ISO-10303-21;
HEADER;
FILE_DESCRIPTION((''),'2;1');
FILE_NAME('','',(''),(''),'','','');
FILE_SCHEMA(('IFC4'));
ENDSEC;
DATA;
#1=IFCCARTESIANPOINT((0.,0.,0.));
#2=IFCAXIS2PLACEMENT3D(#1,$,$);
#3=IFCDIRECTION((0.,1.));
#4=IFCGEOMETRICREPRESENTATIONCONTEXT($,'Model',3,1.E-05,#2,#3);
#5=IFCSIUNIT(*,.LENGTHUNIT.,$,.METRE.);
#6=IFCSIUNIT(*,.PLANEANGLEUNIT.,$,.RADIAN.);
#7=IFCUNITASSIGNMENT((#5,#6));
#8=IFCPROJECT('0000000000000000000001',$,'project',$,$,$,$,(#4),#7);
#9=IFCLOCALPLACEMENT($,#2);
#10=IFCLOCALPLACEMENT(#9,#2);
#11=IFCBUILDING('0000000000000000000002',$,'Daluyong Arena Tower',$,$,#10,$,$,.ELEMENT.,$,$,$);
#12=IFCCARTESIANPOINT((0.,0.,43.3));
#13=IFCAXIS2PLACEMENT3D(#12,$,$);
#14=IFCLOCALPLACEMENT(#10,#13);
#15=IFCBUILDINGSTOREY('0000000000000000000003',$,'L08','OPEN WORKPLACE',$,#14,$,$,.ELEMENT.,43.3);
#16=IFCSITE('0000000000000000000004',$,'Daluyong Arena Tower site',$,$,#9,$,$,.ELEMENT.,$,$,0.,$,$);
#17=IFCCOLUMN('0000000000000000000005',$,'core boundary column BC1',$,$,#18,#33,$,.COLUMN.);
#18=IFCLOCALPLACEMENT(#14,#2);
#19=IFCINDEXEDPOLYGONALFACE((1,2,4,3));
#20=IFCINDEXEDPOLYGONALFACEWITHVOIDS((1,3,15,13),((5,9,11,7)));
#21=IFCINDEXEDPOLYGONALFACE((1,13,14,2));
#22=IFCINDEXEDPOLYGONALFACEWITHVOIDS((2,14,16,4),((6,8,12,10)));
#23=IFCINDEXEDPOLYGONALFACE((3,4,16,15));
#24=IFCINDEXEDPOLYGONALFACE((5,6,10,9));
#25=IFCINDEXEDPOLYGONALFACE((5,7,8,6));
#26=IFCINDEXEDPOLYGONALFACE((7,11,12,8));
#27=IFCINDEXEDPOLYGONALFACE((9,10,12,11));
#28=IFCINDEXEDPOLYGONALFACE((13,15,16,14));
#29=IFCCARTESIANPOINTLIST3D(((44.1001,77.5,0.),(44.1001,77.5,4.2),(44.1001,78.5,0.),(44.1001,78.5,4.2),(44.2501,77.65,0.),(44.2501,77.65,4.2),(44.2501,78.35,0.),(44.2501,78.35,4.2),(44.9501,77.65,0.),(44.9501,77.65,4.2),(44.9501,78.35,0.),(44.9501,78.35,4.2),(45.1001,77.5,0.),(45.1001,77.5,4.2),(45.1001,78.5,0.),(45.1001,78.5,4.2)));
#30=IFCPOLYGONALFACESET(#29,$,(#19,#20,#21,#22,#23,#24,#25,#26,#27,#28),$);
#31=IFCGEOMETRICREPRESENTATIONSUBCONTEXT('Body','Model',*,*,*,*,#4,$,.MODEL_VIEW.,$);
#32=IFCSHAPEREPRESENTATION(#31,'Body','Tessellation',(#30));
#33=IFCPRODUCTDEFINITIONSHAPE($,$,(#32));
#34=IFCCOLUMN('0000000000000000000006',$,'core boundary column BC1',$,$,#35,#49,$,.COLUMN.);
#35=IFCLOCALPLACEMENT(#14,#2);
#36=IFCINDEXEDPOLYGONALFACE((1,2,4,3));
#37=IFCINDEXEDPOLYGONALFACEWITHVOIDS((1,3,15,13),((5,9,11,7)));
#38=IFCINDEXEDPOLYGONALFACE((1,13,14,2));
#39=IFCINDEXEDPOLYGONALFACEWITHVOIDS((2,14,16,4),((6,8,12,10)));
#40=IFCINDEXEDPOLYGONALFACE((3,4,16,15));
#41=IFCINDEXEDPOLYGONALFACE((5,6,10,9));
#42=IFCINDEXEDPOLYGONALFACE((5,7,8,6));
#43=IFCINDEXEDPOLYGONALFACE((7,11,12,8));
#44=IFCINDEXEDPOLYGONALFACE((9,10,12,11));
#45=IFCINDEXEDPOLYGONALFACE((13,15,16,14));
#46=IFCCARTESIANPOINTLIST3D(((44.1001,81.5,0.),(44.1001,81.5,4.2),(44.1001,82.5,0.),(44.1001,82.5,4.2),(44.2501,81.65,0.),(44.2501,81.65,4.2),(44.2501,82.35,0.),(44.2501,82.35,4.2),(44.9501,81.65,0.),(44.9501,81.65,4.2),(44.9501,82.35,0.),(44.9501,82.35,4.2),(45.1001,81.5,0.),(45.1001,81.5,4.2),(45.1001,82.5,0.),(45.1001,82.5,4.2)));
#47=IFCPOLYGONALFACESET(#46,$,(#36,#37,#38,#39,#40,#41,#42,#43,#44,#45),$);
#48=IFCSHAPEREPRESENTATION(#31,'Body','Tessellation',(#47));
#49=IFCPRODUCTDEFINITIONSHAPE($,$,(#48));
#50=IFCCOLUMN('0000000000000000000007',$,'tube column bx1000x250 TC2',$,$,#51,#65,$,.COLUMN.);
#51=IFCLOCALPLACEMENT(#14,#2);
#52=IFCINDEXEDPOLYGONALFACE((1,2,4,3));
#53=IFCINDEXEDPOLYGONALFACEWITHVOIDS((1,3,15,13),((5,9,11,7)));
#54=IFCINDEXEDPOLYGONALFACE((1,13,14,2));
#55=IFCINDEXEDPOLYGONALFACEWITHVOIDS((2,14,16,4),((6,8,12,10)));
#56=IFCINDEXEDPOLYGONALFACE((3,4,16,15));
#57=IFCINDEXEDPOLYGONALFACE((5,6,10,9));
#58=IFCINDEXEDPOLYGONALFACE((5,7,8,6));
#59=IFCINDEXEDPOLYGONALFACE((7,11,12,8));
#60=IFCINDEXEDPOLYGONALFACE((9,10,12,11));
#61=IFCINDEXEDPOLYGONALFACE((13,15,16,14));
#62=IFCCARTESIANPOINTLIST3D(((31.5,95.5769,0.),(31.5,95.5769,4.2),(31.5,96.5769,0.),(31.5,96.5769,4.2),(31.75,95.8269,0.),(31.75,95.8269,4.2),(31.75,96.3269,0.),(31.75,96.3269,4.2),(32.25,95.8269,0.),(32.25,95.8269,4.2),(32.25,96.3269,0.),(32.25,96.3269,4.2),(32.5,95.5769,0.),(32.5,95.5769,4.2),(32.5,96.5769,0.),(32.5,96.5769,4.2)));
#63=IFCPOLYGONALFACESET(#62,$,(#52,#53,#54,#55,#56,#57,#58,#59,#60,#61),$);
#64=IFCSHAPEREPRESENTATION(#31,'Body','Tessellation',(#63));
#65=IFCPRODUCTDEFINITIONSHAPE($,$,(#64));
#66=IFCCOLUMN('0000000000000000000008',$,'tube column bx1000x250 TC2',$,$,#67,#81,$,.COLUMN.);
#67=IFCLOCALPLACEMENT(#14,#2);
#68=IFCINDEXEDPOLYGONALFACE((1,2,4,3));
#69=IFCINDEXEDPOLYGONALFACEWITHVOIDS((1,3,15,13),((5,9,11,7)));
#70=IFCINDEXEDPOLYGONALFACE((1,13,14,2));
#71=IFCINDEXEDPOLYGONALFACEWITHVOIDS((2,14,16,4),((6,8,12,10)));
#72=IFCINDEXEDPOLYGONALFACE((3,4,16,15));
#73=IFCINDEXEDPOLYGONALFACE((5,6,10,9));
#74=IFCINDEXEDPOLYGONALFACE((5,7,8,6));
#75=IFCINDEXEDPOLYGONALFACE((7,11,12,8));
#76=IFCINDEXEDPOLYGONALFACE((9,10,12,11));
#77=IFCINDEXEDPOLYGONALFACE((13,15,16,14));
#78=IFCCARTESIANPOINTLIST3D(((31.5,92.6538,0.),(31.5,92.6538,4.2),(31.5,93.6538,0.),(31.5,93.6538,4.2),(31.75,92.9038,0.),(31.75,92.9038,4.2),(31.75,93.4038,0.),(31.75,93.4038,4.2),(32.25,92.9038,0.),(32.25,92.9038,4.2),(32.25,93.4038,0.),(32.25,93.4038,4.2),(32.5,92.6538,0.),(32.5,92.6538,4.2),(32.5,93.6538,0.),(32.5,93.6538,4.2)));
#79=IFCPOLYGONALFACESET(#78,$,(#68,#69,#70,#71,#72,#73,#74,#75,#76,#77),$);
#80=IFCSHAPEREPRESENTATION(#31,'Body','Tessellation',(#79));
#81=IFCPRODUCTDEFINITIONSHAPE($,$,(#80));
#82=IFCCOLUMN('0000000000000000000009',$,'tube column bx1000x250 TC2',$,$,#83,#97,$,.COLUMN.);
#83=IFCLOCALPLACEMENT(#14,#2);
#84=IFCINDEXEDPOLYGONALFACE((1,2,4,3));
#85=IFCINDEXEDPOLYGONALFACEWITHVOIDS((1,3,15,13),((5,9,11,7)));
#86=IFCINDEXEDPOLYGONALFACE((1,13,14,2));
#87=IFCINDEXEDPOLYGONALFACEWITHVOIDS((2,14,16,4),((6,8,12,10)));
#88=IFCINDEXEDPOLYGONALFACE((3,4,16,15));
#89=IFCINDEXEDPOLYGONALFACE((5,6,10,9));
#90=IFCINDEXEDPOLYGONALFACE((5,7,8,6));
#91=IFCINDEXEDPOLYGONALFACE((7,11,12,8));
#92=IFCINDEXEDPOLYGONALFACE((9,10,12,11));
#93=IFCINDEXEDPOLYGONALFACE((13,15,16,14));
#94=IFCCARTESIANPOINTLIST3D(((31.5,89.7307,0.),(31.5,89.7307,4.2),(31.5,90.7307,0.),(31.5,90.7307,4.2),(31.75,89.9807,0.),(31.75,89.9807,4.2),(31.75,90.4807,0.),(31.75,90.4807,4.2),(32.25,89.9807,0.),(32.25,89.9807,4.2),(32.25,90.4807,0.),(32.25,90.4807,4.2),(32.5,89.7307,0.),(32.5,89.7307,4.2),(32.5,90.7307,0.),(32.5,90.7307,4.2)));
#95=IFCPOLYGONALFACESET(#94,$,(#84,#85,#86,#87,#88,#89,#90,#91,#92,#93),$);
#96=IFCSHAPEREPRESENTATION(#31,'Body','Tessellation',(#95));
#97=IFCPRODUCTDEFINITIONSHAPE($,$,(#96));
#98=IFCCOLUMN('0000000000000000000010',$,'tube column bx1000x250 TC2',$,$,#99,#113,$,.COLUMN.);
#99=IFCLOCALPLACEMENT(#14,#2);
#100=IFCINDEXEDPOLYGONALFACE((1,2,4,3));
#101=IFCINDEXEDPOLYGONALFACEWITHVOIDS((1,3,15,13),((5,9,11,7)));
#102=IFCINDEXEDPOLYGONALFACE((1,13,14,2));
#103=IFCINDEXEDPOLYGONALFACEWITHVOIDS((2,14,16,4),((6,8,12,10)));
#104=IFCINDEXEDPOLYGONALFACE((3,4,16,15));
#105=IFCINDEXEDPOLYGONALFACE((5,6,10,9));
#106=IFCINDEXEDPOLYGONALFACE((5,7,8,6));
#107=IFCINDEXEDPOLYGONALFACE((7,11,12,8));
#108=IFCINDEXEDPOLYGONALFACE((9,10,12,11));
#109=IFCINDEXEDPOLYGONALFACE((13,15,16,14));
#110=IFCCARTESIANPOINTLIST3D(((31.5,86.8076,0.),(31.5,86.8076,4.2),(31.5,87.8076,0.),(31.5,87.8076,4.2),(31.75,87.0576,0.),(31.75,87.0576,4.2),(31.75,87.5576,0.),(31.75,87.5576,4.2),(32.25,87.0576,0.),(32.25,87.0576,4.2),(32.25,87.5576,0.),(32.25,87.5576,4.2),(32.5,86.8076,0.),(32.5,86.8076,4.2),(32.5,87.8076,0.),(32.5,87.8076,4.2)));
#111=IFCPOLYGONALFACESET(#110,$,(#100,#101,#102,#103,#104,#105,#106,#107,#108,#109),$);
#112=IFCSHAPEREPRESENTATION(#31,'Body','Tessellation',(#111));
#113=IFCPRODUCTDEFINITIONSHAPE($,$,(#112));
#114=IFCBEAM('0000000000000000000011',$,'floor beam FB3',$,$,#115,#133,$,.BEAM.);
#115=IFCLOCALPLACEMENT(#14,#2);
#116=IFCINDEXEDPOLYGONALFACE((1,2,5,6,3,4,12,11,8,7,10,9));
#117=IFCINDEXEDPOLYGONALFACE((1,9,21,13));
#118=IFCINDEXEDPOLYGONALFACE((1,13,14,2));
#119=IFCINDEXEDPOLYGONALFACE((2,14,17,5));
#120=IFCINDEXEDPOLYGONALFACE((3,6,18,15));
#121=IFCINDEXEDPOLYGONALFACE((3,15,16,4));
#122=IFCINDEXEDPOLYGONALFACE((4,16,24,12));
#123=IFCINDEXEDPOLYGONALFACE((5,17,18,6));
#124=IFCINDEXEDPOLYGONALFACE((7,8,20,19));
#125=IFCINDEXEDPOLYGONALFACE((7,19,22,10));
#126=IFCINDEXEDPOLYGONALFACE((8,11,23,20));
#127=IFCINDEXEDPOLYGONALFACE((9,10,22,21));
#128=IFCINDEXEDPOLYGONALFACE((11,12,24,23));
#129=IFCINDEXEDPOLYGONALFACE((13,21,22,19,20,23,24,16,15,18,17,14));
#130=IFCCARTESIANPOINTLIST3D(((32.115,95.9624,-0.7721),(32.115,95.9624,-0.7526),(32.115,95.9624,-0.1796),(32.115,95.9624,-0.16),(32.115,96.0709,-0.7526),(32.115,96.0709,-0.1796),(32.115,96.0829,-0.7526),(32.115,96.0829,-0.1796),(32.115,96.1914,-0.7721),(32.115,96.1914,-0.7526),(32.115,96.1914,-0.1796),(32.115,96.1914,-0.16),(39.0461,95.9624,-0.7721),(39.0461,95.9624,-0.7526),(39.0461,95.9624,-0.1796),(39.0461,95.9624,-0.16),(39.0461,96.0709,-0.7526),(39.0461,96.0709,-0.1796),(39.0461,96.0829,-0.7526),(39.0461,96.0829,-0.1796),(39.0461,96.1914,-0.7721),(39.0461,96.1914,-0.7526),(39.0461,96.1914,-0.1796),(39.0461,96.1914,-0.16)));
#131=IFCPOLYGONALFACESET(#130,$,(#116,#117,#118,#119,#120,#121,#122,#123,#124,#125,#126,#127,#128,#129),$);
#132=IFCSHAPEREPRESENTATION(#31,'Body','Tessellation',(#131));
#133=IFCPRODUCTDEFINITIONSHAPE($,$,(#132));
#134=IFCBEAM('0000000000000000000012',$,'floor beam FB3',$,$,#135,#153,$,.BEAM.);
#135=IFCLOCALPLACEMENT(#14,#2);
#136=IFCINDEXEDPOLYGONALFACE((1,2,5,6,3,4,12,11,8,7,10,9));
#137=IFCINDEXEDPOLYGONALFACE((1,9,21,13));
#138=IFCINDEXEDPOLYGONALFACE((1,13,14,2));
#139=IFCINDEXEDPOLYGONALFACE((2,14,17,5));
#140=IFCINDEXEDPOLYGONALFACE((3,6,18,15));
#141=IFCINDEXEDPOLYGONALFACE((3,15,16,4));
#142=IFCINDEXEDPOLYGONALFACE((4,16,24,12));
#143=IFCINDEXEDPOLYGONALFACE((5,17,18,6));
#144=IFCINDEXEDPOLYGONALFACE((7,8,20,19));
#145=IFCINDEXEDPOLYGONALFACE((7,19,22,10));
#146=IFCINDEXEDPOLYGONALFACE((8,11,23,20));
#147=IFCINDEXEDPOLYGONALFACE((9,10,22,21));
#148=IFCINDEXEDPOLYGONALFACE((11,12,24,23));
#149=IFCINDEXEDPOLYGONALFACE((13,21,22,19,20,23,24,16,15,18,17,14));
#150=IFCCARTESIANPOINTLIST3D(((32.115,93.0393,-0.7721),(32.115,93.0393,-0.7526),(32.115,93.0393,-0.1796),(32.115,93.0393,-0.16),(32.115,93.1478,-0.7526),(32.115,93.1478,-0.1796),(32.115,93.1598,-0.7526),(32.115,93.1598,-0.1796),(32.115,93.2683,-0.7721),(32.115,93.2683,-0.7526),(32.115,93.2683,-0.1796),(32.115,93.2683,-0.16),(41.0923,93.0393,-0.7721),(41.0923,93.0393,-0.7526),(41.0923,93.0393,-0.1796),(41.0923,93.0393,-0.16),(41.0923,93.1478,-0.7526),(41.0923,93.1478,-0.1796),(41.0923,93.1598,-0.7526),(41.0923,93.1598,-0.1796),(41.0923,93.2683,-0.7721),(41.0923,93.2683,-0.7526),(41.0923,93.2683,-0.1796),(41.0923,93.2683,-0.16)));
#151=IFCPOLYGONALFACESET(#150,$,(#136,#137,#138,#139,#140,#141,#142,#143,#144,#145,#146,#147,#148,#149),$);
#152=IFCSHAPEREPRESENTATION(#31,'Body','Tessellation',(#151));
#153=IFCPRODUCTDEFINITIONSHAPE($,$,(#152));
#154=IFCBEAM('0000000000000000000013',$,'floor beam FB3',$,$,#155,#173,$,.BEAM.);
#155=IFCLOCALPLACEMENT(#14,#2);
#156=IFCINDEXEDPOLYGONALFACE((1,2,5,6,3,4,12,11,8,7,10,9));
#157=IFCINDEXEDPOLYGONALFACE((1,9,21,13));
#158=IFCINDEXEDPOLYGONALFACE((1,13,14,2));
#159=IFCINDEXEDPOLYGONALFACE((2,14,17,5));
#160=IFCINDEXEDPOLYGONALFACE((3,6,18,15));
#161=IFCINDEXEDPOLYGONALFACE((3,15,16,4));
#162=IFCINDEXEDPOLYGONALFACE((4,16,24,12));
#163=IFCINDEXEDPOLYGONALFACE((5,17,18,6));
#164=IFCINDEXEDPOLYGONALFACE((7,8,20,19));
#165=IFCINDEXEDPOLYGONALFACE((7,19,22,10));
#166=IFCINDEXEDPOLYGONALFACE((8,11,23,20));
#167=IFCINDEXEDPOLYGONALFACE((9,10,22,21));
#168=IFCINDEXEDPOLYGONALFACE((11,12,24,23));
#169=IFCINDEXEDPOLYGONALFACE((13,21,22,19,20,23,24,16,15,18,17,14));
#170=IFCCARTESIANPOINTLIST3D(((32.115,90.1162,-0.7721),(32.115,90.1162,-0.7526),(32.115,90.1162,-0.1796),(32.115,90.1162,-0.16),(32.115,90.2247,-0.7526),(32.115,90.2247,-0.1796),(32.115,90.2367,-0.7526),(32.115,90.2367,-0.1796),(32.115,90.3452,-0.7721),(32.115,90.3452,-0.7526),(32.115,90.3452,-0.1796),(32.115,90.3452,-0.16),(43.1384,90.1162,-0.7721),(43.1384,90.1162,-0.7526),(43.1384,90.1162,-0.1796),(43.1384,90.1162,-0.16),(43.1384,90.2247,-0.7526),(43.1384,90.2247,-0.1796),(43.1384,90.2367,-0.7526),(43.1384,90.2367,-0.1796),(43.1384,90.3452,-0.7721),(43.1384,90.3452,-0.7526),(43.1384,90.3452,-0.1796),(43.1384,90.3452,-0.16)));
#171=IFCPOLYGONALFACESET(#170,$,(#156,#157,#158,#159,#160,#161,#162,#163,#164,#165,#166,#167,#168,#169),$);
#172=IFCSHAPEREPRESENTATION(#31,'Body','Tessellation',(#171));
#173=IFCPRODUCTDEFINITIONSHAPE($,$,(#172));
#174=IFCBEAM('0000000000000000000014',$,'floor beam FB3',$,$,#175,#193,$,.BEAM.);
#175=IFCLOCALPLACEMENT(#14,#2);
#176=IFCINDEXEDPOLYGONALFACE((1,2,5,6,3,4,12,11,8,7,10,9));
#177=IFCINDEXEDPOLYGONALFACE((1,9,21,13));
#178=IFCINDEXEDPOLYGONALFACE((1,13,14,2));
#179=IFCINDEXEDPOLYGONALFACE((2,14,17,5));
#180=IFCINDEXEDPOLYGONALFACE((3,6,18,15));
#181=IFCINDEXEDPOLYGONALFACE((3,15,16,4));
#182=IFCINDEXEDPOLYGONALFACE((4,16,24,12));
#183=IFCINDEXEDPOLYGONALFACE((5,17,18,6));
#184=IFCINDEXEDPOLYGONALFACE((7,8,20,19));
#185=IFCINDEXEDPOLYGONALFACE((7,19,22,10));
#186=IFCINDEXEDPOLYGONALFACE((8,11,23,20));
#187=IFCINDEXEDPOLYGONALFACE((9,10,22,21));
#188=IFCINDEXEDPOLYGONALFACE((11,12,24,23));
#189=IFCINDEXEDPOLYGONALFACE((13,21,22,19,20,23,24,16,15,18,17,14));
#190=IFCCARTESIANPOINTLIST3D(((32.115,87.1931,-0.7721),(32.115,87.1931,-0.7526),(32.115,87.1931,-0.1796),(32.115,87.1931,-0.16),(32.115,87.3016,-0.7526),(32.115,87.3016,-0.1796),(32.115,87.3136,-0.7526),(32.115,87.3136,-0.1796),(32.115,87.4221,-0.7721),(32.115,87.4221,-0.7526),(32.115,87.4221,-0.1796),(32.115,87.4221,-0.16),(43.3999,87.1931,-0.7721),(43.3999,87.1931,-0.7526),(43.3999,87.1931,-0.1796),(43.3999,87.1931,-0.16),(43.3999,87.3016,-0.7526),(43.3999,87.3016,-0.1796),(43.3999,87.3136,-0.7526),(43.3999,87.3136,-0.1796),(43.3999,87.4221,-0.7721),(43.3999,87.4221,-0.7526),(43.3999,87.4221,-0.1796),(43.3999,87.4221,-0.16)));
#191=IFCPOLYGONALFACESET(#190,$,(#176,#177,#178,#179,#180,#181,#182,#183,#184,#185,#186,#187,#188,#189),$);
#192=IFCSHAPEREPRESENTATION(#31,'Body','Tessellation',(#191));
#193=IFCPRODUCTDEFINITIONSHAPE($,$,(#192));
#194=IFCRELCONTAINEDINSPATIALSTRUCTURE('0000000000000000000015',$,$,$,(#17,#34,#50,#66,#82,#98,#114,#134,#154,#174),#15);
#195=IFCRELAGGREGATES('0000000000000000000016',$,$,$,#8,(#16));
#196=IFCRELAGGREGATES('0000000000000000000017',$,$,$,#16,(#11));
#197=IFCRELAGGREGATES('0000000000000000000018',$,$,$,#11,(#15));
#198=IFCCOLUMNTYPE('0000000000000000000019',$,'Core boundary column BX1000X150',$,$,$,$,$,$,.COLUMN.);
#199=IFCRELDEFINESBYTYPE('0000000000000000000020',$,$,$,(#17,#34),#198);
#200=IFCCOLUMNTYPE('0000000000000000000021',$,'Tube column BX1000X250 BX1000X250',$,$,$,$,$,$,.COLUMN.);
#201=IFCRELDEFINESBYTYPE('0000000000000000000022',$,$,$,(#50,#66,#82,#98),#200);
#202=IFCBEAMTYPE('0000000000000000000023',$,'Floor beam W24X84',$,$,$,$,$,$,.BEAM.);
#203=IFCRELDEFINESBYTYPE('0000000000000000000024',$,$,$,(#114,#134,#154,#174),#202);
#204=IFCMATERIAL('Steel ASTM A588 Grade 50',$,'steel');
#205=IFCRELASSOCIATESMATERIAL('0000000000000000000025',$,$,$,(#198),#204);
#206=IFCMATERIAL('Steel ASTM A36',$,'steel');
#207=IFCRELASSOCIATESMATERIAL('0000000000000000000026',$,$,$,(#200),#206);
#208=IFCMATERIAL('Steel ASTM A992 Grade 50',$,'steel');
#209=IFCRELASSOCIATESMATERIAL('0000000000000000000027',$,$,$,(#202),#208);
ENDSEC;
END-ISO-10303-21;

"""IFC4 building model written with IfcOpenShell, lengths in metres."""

from ifc_helpers import new_model, si_unit, direction, frame, origin, origin_2d, place, context, subcontext, project, spatial, hollow_rectangle, i_section, extrude, material, material_profile, profile_set, type_object, element, save


model = new_model("IFC4")

# Units and contexts
model_context = context("Model", 3, precision=1e-05, world=origin(), true_north=direction((0.0, 1.0)))
body_context = subcontext(model_context, "Body", "Model", "MODEL_VIEW")
ifc_project = project(units=[si_unit("LENGTHUNIT", "METRE"), si_unit("PLANEANGLEUNIT", "RADIAN")], contexts=[model_context])

# Site, building, storey
site_placement = place(None, origin())
site = spatial("IfcSite", under=ifc_project, at=site_placement, Name="Daluyong Arena Tower site", CompositionType="ELEMENT", RefElevation=0.0)
building_placement = place(site_placement, origin())
building = spatial("IfcBuilding", under=site, at=building_placement, Name="Daluyong Arena Tower", CompositionType="ELEMENT")
storey_placement = place(building_placement, frame((0.0, 0.0, 43.3)))
storey = spatial("IfcBuildingStorey", under=building, at=storey_placement, Name="L08", Description="OPEN WORKPLACE", CompositionType="ELEMENT", Elevation=43.3)

# Columns
ifc_material_1 = material(Name="Steel ASTM A588 Grade 50", Category="steel")
ifc_material_profile_1 = material_profile(ifc_material_1, hollow_rectangle(XDim=1.0, YDim=1.0, WallThickness=0.15, at=origin_2d()))
ifc_profile_set_1 = profile_set([ifc_material_profile_1], Name="Steel ASTM A588 Grade 50")
column_type_1 = type_object("IfcColumnType", Name="Core boundary column BX1000X150", PredefinedType="COLUMN", material=ifc_profile_set_1)
for number, where, z_axis, x_axis, name in (
    (1, (44.6001, 78.0, 0.0), (0.0, 0.0, 1.0), (1.0, 0.0, 0.0), "core boundary column BC1"),
    (2, (44.6001, 82.0, 0.0), (0.0, 0.0, 1.0), (1.0, 0.0, 0.0), "core boundary column BC1"),
):
    element("IfcColumn", number, at=place(storey_placement, frame(where, z_axis=z_axis, x_axis=x_axis)), inside=storey, type_object=column_type_1, Name=name, PredefinedType="COLUMN", context=body_context, shape_type="SweptSolid", body=[
        extrude(hollow_rectangle(XDim=1.0, YDim=1.0, WallThickness=0.15, at=origin_2d()), origin(), (0.0, 0.0, 1.0), 4.2),
    ])
ifc_material_2 = material(Name="Steel ASTM A36", Category="steel")
ifc_material_profile_2 = material_profile(ifc_material_2, hollow_rectangle(XDim=1.0, YDim=1.0, WallThickness=0.25, at=origin_2d()))
ifc_profile_set_2 = profile_set([ifc_material_profile_2], Name="Steel ASTM A36")
column_type_2 = type_object("IfcColumnType", Name="Tube column BX1000X250 BX1000X250", PredefinedType="COLUMN", material=ifc_profile_set_2)
for number, where, z_axis, x_axis, name in (
    (3, (32.0, 96.0769, 0.0), (0.0, 0.0, 1.0), (0.0, 1.0, 0.0), "tube column bx1000x250 TC2"),
    (4, (32.0, 93.1538, 0.0), (0.0, 0.0, 1.0), (0.0, 1.0, 0.0), "tube column bx1000x250 TC2"),
    (5, (32.0, 90.2307, 0.0), (0.0, 0.0, 1.0), (0.0, 1.0, 0.0), "tube column bx1000x250 TC2"),
    (6, (32.0, 87.3076, 0.0), (0.0, 0.0, 1.0), (0.0, 1.0, 0.0), "tube column bx1000x250 TC2"),
):
    element("IfcColumn", number, at=place(storey_placement, frame(where, z_axis=z_axis, x_axis=x_axis)), inside=storey, type_object=column_type_2, Name=name, PredefinedType="COLUMN", context=body_context, shape_type="SweptSolid", body=[
        extrude(hollow_rectangle(XDim=1.0, YDim=1.0, WallThickness=0.25, at=origin_2d()), origin(), (0.0, 0.0, 1.0), 4.2),
    ])

# Beams
ifc_material_3 = material(Name="Steel ASTM A992 Grade 50", Category="steel")
ifc_material_profile_3 = material_profile(ifc_material_3, i_section(OverallWidth=0.229, OverallDepth=0.6121, WebThickness=0.012, FlangeThickness=0.0195, at=origin_2d()))
ifc_profile_set_3 = profile_set([ifc_material_profile_3], Name="Steel ASTM A992 Grade 50")
beam_type_1 = type_object("IfcBeamType", Name="Floor beam W24X84", PredefinedType="BEAM", material=ifc_profile_set_3)
beam_1_placement = place(storey_placement, frame((32.115, 96.0769, -0.4661), z_axis=(1.0, 0.0, 0.0), x_axis=(0.0, 1.0, 0.0)))
element("IfcBeam", 7, at=beam_1_placement, inside=storey, type_object=beam_type_1, Name="floor beam FB3", PredefinedType="BEAM", context=body_context, shape_type="SweptSolid", body=[
    extrude(i_section(OverallWidth=0.229, OverallDepth=0.6121, WebThickness=0.012, FlangeThickness=0.0195, at=origin_2d()), origin(), (0.0, 0.0, 1.0), 6.9312),
])
beam_2_placement = place(storey_placement, frame((32.115, 93.1538, -0.4661), z_axis=(1.0, 0.0, 0.0), x_axis=(0.0, 1.0, 0.0)))
element("IfcBeam", 8, at=beam_2_placement, inside=storey, type_object=beam_type_1, Name="floor beam FB3", PredefinedType="BEAM", context=body_context, shape_type="SweptSolid", body=[
    extrude(i_section(OverallWidth=0.229, OverallDepth=0.6121, WebThickness=0.012, FlangeThickness=0.0195, at=origin_2d()), origin(), (0.0, 0.0, 1.0), 8.9773),
])
beam_3_placement = place(storey_placement, frame((32.115, 90.2307, -0.4661), z_axis=(1.0, 0.0, 0.0), x_axis=(0.0, 1.0, 0.0)))
element("IfcBeam", 9, at=beam_3_placement, inside=storey, type_object=beam_type_1, Name="floor beam FB3", PredefinedType="BEAM", context=body_context, shape_type="SweptSolid", body=[
    extrude(i_section(OverallWidth=0.229, OverallDepth=0.6121, WebThickness=0.012, FlangeThickness=0.0195, at=origin_2d()), origin(), (0.0, 0.0, 1.0), 11.0234),
])
for number, where, z_axis, x_axis, name in (
    (10, (32.115, 87.3076, -0.4661), (1.0, 0.0, 0.0), (0.0, 1.0, 0.0), "floor beam FB3"),
):
    element("IfcBeam", number, at=place(storey_placement, frame(where, z_axis=z_axis, x_axis=x_axis)), inside=storey, type_object=beam_type_1, Name=name, PredefinedType="BEAM", context=body_context, shape_type="SweptSolid", body=[
        extrude(i_section(OverallWidth=0.229, OverallDepth=0.6121, WebThickness=0.012, FlangeThickness=0.0195, at=origin_2d()), origin(), (0.0, 0.0, 1.0), 11.2849),
    ])

save(model, "model.ifc")
